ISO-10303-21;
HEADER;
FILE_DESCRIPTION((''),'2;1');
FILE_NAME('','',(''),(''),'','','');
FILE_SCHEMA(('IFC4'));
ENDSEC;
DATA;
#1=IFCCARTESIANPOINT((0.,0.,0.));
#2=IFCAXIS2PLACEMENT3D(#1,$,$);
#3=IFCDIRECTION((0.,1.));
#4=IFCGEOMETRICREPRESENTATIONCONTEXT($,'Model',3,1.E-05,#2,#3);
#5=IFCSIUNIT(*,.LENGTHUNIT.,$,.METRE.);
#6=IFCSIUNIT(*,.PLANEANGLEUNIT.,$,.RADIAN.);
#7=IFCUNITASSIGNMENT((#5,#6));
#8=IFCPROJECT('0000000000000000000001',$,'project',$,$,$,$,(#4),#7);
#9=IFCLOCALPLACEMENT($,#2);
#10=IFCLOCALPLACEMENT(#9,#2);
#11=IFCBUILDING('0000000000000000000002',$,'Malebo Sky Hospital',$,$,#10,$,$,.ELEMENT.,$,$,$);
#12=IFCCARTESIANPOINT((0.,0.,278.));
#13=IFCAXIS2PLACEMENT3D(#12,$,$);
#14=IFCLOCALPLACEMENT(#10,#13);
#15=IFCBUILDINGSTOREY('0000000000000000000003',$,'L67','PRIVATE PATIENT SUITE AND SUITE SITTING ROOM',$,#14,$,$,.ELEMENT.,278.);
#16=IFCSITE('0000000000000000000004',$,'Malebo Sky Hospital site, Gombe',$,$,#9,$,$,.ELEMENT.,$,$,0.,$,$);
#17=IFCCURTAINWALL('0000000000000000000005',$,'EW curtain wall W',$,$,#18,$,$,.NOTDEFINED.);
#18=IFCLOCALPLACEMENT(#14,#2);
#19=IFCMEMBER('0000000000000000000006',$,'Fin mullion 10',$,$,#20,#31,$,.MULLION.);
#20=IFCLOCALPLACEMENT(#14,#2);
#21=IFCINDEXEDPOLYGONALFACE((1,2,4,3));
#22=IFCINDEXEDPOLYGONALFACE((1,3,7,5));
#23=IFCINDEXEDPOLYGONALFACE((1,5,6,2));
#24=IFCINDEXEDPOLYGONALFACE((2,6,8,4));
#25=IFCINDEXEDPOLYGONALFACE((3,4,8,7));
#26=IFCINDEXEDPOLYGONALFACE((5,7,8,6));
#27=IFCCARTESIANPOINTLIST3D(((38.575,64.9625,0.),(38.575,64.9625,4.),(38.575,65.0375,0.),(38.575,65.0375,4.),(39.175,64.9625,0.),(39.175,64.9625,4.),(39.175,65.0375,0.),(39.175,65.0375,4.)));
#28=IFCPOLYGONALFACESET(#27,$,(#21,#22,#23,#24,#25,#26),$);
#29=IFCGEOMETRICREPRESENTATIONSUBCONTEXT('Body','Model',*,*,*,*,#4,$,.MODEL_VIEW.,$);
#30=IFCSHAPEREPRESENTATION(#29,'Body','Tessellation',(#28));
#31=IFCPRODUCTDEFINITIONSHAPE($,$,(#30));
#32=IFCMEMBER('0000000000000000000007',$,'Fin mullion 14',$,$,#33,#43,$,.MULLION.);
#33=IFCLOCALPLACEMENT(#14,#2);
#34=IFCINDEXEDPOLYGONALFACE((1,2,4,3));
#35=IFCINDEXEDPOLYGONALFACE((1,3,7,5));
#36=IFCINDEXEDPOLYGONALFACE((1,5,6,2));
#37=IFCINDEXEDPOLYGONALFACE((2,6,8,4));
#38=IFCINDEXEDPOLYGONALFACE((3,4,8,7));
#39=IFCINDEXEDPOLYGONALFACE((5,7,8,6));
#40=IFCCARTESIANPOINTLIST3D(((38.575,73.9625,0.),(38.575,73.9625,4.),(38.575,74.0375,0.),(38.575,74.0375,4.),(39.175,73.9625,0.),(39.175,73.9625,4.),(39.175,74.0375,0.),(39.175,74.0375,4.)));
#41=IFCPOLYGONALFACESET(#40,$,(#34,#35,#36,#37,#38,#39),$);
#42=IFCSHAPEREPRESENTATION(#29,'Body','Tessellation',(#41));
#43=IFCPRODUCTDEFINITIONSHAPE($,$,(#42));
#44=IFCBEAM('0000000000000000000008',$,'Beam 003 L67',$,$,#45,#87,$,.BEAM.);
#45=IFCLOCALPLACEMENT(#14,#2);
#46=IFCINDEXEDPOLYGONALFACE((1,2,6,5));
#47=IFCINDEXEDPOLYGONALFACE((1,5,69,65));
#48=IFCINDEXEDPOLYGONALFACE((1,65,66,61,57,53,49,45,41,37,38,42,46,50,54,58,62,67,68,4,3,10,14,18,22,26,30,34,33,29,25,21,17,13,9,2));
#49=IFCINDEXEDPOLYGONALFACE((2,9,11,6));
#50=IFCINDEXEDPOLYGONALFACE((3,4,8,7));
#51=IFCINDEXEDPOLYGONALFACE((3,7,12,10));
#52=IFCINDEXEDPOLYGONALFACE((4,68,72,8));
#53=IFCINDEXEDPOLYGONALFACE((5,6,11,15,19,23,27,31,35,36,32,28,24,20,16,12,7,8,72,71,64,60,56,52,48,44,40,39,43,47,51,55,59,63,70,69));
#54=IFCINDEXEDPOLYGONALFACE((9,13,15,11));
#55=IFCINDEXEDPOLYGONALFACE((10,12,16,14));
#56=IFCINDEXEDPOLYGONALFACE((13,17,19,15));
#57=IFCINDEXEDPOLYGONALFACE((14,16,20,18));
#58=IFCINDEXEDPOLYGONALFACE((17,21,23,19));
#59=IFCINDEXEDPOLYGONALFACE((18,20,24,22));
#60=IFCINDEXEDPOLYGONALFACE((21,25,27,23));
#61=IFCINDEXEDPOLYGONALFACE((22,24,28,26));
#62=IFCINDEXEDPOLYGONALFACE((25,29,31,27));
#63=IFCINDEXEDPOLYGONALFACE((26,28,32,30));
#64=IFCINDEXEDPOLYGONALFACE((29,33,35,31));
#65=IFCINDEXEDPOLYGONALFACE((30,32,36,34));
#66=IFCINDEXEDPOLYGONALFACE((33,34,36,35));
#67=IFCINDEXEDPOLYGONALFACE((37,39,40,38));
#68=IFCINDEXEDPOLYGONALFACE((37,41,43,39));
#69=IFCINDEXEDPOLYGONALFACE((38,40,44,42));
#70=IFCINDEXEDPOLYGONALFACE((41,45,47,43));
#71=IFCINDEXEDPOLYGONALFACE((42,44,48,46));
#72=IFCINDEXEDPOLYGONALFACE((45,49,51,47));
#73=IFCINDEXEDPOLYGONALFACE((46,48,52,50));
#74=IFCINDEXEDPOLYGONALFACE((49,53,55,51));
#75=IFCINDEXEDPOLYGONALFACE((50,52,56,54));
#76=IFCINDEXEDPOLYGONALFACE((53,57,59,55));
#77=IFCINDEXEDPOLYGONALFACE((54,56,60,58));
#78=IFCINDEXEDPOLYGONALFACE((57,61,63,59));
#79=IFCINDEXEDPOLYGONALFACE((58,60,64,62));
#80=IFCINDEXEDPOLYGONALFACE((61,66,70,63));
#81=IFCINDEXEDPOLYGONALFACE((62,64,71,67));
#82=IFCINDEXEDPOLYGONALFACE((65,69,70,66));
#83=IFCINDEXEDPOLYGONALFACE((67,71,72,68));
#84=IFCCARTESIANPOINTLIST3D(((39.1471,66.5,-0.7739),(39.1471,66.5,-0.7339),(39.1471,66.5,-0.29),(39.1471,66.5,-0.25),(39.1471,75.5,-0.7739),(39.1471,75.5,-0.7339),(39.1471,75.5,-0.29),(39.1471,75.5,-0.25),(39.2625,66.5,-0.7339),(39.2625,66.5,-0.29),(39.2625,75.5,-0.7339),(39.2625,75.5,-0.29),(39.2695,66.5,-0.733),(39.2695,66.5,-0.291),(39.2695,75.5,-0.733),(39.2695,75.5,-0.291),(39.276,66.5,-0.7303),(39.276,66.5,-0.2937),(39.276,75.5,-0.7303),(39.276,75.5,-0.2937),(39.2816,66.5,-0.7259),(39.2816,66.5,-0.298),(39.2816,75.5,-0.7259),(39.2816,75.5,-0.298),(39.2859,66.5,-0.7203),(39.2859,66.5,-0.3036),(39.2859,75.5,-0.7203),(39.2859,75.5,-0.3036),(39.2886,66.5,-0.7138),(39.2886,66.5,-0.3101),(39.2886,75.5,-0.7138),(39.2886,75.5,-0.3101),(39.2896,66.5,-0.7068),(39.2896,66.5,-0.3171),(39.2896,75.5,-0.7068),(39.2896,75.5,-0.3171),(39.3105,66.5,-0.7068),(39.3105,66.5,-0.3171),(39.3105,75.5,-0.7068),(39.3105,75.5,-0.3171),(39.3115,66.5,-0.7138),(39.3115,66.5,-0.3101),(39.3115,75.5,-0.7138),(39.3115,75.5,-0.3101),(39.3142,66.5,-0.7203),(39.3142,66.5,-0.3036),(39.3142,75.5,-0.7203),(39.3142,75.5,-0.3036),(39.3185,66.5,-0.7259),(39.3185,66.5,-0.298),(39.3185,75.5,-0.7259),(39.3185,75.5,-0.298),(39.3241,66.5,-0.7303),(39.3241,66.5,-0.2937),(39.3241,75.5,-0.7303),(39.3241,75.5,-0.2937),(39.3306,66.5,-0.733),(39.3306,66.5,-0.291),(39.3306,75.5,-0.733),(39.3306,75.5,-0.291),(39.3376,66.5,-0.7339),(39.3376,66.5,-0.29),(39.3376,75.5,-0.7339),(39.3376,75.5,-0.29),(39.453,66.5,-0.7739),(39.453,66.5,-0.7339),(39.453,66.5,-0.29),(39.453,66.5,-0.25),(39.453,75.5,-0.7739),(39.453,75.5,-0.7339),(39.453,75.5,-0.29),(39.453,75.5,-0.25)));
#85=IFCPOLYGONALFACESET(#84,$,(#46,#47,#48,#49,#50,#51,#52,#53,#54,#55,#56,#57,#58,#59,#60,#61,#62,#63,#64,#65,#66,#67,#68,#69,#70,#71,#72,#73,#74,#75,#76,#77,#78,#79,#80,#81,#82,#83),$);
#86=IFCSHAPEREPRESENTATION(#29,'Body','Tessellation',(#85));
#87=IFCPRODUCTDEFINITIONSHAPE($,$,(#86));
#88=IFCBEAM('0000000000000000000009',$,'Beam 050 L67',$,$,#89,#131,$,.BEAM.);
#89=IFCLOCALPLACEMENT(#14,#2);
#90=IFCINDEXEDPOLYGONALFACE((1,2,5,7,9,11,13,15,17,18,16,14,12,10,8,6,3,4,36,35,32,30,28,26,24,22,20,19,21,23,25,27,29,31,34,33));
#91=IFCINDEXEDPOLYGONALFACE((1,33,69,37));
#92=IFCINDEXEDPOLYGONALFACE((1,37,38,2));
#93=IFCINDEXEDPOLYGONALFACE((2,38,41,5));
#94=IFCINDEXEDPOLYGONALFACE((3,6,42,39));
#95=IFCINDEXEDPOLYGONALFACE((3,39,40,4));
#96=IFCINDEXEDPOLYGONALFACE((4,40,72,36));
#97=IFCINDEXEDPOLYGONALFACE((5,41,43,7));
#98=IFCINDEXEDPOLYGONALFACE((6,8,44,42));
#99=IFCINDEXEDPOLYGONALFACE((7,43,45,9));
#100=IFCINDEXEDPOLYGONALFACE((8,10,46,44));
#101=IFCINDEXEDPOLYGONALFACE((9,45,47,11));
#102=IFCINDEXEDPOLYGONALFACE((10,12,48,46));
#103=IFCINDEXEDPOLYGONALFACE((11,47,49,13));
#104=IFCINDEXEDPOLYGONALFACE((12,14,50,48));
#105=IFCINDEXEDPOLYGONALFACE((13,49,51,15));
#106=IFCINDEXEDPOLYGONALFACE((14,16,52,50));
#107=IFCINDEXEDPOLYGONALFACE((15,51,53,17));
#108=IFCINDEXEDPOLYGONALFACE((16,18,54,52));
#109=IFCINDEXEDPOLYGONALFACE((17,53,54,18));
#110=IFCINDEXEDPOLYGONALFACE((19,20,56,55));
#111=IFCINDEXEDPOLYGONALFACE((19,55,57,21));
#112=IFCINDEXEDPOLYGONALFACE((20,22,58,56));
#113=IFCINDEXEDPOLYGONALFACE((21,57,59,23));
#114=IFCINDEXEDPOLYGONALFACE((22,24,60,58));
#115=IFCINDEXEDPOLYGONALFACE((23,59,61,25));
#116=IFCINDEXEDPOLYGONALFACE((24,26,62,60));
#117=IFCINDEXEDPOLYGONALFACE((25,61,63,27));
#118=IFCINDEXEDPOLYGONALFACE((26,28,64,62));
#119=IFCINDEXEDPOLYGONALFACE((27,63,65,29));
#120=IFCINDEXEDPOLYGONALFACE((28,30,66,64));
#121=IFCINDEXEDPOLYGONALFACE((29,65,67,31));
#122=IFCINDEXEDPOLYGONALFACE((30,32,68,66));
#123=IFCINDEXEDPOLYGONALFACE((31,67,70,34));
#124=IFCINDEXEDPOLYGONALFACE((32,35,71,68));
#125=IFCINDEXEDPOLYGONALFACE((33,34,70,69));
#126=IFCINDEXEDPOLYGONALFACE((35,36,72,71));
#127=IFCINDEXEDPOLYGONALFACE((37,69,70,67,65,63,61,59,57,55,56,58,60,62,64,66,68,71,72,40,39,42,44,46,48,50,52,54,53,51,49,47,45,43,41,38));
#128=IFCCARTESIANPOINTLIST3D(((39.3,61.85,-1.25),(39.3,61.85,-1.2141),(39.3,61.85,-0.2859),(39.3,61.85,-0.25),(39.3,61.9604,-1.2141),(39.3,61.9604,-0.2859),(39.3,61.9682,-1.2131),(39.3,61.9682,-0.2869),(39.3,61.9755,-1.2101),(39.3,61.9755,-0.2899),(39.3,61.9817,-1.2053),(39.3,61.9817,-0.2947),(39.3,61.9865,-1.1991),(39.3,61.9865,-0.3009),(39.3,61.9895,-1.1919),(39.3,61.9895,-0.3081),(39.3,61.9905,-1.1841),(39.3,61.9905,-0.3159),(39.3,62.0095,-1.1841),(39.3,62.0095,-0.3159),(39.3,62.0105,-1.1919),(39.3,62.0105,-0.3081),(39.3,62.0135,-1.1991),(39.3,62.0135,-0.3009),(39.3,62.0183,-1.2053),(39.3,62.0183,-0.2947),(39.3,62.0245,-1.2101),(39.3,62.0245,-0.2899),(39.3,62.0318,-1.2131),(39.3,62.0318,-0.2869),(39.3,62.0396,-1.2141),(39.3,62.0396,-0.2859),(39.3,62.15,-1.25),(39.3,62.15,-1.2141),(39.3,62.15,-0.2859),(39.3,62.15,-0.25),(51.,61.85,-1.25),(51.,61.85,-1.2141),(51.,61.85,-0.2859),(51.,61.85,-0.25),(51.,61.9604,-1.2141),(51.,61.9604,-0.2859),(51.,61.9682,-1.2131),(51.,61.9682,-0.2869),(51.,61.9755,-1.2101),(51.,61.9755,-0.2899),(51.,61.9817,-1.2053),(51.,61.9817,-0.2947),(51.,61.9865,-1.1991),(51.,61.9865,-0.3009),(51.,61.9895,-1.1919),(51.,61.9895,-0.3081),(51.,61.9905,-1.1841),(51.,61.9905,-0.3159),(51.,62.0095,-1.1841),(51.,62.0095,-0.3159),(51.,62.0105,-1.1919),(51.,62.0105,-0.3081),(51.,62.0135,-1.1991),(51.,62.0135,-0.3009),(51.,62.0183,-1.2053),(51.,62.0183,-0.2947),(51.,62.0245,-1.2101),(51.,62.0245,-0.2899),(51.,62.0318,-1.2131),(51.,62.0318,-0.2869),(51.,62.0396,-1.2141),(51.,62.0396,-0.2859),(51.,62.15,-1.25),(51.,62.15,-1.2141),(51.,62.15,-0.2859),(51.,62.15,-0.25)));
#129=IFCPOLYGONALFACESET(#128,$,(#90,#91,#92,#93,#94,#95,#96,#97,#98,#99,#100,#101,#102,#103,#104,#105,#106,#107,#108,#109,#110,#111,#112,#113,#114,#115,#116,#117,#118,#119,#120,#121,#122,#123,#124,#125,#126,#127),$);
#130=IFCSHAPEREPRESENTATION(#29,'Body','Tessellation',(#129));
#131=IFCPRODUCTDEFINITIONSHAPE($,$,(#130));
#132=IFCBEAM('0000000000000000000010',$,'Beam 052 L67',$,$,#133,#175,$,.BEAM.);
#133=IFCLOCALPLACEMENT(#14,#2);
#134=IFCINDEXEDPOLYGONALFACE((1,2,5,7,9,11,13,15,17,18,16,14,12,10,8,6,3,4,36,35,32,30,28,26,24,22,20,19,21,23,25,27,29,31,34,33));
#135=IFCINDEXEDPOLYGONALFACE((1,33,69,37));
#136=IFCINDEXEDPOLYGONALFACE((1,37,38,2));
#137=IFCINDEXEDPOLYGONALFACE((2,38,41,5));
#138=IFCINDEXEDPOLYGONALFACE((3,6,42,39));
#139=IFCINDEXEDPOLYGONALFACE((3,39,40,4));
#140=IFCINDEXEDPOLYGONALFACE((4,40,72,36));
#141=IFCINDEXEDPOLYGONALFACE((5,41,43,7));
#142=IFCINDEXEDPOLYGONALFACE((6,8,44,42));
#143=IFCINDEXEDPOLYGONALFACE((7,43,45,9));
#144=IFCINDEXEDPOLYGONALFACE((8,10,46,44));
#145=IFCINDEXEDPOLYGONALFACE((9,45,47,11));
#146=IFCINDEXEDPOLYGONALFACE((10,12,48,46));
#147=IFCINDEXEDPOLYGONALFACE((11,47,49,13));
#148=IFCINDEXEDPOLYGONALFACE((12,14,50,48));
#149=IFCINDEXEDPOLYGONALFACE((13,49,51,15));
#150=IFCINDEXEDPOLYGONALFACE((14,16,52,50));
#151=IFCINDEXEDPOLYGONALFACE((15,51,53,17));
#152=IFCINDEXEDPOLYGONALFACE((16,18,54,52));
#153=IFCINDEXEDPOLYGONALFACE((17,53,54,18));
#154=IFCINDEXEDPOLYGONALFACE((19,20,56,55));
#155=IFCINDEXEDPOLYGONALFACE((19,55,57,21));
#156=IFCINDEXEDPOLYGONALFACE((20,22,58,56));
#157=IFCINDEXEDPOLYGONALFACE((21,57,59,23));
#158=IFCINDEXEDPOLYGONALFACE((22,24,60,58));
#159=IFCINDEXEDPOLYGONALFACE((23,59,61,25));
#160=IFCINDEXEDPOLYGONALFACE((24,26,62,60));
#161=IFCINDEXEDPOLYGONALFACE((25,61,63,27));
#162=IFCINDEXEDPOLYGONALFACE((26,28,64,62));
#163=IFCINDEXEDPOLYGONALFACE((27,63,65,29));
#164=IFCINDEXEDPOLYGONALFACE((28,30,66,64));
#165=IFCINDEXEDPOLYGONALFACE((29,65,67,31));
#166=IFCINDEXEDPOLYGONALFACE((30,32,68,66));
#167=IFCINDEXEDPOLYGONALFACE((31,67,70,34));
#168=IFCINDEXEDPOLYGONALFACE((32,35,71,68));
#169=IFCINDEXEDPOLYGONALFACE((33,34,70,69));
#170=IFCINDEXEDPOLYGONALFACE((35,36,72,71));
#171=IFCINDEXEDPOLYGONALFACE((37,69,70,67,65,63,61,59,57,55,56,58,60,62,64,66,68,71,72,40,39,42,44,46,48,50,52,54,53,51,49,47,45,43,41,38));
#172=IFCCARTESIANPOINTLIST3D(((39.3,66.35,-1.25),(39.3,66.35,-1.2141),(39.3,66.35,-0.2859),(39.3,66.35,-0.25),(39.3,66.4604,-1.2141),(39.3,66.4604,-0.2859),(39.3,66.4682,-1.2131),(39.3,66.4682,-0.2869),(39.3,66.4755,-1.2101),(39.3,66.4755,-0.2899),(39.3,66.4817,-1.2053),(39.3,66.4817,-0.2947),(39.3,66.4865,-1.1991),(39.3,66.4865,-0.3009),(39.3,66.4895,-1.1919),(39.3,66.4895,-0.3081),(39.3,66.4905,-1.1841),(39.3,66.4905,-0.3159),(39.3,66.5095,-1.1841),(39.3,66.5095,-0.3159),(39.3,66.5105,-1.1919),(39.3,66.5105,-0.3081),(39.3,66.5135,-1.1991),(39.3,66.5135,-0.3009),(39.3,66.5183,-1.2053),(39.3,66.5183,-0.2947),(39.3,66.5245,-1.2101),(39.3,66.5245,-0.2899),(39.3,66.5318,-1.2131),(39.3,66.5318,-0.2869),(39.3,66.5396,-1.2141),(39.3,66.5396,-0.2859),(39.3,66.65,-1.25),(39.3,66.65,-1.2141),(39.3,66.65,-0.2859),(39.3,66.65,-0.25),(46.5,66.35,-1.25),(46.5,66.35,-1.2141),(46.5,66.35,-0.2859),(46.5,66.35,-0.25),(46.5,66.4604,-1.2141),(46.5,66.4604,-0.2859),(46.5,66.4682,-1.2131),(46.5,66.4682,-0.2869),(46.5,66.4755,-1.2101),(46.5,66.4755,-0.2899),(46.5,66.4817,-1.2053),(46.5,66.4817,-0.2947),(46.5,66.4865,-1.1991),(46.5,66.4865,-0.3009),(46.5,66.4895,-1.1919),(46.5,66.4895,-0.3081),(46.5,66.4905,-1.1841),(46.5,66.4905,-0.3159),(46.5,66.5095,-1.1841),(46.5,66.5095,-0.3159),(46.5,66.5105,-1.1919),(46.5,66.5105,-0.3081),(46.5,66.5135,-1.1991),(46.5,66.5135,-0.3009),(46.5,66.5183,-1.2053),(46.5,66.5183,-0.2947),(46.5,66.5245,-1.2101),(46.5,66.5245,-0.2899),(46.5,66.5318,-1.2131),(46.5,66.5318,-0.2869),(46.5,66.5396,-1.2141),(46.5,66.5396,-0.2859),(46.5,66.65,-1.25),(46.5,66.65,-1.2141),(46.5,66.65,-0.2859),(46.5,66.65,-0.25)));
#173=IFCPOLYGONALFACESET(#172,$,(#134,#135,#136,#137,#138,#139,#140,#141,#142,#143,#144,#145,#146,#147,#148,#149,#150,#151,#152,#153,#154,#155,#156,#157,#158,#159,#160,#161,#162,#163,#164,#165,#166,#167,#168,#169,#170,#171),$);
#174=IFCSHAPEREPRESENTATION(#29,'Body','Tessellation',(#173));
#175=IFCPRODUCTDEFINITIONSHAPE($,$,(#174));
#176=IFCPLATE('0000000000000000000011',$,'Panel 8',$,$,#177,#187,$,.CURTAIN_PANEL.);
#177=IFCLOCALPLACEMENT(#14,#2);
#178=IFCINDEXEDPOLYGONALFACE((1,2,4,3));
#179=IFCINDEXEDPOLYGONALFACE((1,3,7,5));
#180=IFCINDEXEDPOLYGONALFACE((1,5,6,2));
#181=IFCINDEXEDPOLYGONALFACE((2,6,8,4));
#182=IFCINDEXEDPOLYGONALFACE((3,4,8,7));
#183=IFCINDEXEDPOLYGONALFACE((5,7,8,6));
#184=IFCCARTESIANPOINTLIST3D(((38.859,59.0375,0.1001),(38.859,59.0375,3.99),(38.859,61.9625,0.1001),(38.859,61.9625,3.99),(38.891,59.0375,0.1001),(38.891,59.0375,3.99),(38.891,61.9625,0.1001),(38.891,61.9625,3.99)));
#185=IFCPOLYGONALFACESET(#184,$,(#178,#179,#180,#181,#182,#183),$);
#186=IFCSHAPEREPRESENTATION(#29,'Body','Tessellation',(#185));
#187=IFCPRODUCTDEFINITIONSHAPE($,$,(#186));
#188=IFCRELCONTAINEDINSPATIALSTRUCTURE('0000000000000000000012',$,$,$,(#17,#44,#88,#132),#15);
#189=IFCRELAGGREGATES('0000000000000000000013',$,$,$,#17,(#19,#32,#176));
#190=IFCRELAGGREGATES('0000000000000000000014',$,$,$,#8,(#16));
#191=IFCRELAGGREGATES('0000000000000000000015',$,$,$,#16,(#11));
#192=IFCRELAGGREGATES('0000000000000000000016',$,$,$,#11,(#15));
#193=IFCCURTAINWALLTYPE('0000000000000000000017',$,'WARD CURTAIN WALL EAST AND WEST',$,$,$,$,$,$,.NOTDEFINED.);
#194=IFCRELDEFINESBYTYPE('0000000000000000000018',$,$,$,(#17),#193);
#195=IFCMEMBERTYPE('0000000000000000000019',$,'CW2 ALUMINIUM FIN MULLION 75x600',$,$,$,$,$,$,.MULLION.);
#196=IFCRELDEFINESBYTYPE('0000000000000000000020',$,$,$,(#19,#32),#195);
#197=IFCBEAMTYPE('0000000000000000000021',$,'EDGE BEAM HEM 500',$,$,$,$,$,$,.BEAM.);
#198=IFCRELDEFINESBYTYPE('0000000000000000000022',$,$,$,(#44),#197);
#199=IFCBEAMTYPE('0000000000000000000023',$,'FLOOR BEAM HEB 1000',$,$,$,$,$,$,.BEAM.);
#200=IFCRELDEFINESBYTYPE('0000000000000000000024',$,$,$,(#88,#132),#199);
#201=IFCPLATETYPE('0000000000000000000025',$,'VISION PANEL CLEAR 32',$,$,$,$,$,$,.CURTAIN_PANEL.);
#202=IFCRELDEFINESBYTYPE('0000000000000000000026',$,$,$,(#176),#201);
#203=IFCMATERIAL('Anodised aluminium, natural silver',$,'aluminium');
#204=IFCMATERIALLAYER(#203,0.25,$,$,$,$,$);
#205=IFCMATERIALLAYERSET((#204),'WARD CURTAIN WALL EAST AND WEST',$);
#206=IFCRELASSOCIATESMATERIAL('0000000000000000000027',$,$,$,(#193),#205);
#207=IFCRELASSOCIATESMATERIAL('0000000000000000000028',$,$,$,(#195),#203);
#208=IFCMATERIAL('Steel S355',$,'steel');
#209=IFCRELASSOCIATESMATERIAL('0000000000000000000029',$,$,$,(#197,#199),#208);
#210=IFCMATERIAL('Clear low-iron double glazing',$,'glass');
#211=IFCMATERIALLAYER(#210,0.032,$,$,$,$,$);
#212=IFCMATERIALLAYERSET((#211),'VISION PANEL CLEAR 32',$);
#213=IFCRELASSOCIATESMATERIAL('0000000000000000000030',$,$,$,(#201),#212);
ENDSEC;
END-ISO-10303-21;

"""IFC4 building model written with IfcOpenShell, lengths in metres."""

from ifc_helpers import new_model, si_unit, direction, frame, origin, origin_2d, place, context, subcontext, project, spatial, rectangle, i_section, extrude, material, layer, layer_set, material_profile, profile_set, type_object, element, aggregate, save


model = new_model("IFC4")

# Units and contexts
model_context = context("Model", 3, precision=1e-05, world=origin(), true_north=direction((0.0, 1.0)))
body_context = subcontext(model_context, "Body", "Model", "MODEL_VIEW")
ifc_project = project(units=[si_unit("LENGTHUNIT", "METRE"), si_unit("PLANEANGLEUNIT", "RADIAN")], contexts=[model_context])

# Site, building, storey
site_placement = place(None, origin())
site = spatial("IfcSite", under=ifc_project, at=site_placement, Name="Malebo Sky Hospital site, Gombe", CompositionType="ELEMENT", RefElevation=0.0)
building_placement = place(site_placement, origin())
building = spatial("IfcBuilding", under=site, at=building_placement, Name="Malebo Sky Hospital", CompositionType="ELEMENT")
storey_placement = place(building_placement, frame((0.0, 0.0, 278.0)))
storey = spatial("IfcBuildingStorey", under=building, at=storey_placement, Name="L67", Description="PRIVATE PATIENT SUITE AND SUITE SITTING ROOM", CompositionType="ELEMENT", Elevation=278.0)

# Curtain wall
ifc_material_1 = material(Name="Anodised aluminium, natural silver", Category="aluminium")
ifc_layer_1 = layer(ifc_material_1, 0.25)
ifc_layer_set_1 = layer_set([ifc_layer_1], Name="WARD CURTAIN WALL EAST AND WEST")
curtain_wall_type = type_object("IfcCurtainWallType", Name="WARD CURTAIN WALL EAST AND WEST", PredefinedType="NOTDEFINED", material=ifc_layer_set_1)
curtain_wall_placement = place(storey_placement, origin())
curtain_wall = element("IfcCurtainWall", 1, at=curtain_wall_placement, inside=storey, type_object=curtain_wall_type, Name="EW curtain wall W", PredefinedType="NOTDEFINED")

# Members
ifc_material_2 = material(Name="Steel S355", Category="steel")
ifc_material_profile_1 = material_profile(ifc_material_1, rectangle(XDim=0.075, YDim=0.6001, at=origin_2d()), Name="CW2 ALUMINIUM FIN MULLION 75x600")
ifc_profile_set_1 = profile_set([ifc_material_profile_1], Name="Anodised aluminium, natural silver")
member_type_1 = type_object("IfcMemberType", Name="CW2 ALUMINIUM FIN MULLION 75x600", PredefinedType="MULLION", material=ifc_profile_set_1)
member_1_placement = place(storey_placement, frame((38.875, 65.0, 0.0), z_axis=(0.0, 0.0, 1.0), x_axis=(0.0, 1.0, 0.0)))
member_1 = element("IfcMember", 2, at=member_1_placement, type_object=member_type_1, Name="Fin mullion 10", PredefinedType="MULLION", context=body_context, shape_type="SweptSolid", body=[
    extrude(rectangle(XDim=0.075, YDim=0.6001, at=origin_2d()), origin(), (0.0, 0.0, 1.0), 4.0),
])
member_2_placement = place(storey_placement, frame((38.875, 74.0, 0.0), z_axis=(0.0, 0.0, 1.0), x_axis=(0.0, 1.0, 0.0)))
member_2 = element("IfcMember", 3, at=member_2_placement, type_object=member_type_1, Name="Fin mullion 14", PredefinedType="MULLION", context=body_context, shape_type="SweptSolid", body=[
    extrude(rectangle(XDim=0.075, YDim=0.6001, at=origin_2d()), origin(), (0.0, 0.0, 1.0), 4.0),
])

# Beams
ifc_material_profile_2 = material_profile(ifc_material_2, i_section(OverallWidth=0.3059, OverallDepth=0.5239, WebThickness=0.021, FlangeThickness=0.04, FilletRadius=0.0271, at=origin_2d()), Name="HEM 500")
ifc_profile_set_2 = profile_set([ifc_material_profile_2], Name="Steel S355")
beam_type_1 = type_object("IfcBeamType", Name="EDGE BEAM HEM 500", PredefinedType="BEAM", material=ifc_profile_set_2)
beam_1_placement = place(storey_placement, frame((39.3, 66.5, -0.512), z_axis=(0.0, 1.0, 0.0), x_axis=(-1.0, 0.0, 0.0)))
element("IfcBeam", 4, at=beam_1_placement, inside=storey, type_object=beam_type_1, Name="Beam 003 L67", PredefinedType="BEAM", context=body_context, shape_type="SweptSolid", body=[
    extrude(i_section(OverallWidth=0.3059, OverallDepth=0.5239, WebThickness=0.021, FlangeThickness=0.04, FilletRadius=0.0271, at=origin_2d()), origin(), (0.0, 0.0, 1.0), 9.0),
])
ifc_material_profile_3 = material_profile(ifc_material_2, i_section(OverallWidth=0.3, OverallDepth=1.0, WebThickness=0.019, FlangeThickness=0.0359, FilletRadius=0.03, at=origin_2d()), Name="HEB 1000")
ifc_profile_set_3 = profile_set([ifc_material_profile_3], Name="Steel S355")
beam_type_2 = type_object("IfcBeamType", Name="FLOOR BEAM HEB 1000", PredefinedType="BEAM", material=ifc_profile_set_3)
beam_2_placement = place(storey_placement, frame((39.3, 62.0, -0.75), z_axis=(1.0, 0.0, 0.0), x_axis=(0.0, 1.0, 0.0)))
element("IfcBeam", 5, at=beam_2_placement, inside=storey, type_object=beam_type_2, Name="Beam 050 L67", PredefinedType="BEAM", context=body_context, shape_type="SweptSolid", body=[
    extrude(i_section(OverallWidth=0.3, OverallDepth=1.0, WebThickness=0.019, FlangeThickness=0.0359, FilletRadius=0.03, at=origin_2d()), origin(), (0.0, 0.0, 1.0), 11.7),
])
beam_3_placement = place(storey_placement, frame((39.3, 66.5, -0.75), z_axis=(1.0, 0.0, 0.0), x_axis=(0.0, 1.0, 0.0)))
element("IfcBeam", 6, at=beam_3_placement, inside=storey, type_object=beam_type_2, Name="Beam 052 L67", PredefinedType="BEAM", context=body_context, shape_type="SweptSolid", body=[
    extrude(i_section(OverallWidth=0.3, OverallDepth=1.0, WebThickness=0.019, FlangeThickness=0.0359, FilletRadius=0.03, at=origin_2d()), origin(), (0.0, 0.0, 1.0), 7.2),
])

# Plate
ifc_material_3 = material(Name="Clear low-iron double glazing", Category="glass")
ifc_layer_2 = layer(ifc_material_3, 0.032)
ifc_layer_set_2 = layer_set([ifc_layer_2], Name="VISION PANEL CLEAR 32")
plate_type = type_object("IfcPlateType", Name="VISION PANEL CLEAR 32", PredefinedType="CURTAIN_PANEL", material=ifc_layer_set_2)
plate_1_placement = place(storey_placement, frame((38.875, 60.5, 0.1001), z_axis=(0.0, 0.0, 1.0), x_axis=(0.0, 1.0, 0.0)))
plate_1 = element("IfcPlate", 7, at=plate_1_placement, type_object=plate_type, Name="Panel 8", PredefinedType="CURTAIN_PANEL", context=body_context, shape_type="SweptSolid", body=[
    extrude(rectangle(XDim=2.925, YDim=0.032, at=origin_2d()), origin(), (0.0, 0.0, 1.0), 3.8899),
])
aggregate(curtain_wall, [member_1, member_2, plate_1])

save(model, "model.ifc")
